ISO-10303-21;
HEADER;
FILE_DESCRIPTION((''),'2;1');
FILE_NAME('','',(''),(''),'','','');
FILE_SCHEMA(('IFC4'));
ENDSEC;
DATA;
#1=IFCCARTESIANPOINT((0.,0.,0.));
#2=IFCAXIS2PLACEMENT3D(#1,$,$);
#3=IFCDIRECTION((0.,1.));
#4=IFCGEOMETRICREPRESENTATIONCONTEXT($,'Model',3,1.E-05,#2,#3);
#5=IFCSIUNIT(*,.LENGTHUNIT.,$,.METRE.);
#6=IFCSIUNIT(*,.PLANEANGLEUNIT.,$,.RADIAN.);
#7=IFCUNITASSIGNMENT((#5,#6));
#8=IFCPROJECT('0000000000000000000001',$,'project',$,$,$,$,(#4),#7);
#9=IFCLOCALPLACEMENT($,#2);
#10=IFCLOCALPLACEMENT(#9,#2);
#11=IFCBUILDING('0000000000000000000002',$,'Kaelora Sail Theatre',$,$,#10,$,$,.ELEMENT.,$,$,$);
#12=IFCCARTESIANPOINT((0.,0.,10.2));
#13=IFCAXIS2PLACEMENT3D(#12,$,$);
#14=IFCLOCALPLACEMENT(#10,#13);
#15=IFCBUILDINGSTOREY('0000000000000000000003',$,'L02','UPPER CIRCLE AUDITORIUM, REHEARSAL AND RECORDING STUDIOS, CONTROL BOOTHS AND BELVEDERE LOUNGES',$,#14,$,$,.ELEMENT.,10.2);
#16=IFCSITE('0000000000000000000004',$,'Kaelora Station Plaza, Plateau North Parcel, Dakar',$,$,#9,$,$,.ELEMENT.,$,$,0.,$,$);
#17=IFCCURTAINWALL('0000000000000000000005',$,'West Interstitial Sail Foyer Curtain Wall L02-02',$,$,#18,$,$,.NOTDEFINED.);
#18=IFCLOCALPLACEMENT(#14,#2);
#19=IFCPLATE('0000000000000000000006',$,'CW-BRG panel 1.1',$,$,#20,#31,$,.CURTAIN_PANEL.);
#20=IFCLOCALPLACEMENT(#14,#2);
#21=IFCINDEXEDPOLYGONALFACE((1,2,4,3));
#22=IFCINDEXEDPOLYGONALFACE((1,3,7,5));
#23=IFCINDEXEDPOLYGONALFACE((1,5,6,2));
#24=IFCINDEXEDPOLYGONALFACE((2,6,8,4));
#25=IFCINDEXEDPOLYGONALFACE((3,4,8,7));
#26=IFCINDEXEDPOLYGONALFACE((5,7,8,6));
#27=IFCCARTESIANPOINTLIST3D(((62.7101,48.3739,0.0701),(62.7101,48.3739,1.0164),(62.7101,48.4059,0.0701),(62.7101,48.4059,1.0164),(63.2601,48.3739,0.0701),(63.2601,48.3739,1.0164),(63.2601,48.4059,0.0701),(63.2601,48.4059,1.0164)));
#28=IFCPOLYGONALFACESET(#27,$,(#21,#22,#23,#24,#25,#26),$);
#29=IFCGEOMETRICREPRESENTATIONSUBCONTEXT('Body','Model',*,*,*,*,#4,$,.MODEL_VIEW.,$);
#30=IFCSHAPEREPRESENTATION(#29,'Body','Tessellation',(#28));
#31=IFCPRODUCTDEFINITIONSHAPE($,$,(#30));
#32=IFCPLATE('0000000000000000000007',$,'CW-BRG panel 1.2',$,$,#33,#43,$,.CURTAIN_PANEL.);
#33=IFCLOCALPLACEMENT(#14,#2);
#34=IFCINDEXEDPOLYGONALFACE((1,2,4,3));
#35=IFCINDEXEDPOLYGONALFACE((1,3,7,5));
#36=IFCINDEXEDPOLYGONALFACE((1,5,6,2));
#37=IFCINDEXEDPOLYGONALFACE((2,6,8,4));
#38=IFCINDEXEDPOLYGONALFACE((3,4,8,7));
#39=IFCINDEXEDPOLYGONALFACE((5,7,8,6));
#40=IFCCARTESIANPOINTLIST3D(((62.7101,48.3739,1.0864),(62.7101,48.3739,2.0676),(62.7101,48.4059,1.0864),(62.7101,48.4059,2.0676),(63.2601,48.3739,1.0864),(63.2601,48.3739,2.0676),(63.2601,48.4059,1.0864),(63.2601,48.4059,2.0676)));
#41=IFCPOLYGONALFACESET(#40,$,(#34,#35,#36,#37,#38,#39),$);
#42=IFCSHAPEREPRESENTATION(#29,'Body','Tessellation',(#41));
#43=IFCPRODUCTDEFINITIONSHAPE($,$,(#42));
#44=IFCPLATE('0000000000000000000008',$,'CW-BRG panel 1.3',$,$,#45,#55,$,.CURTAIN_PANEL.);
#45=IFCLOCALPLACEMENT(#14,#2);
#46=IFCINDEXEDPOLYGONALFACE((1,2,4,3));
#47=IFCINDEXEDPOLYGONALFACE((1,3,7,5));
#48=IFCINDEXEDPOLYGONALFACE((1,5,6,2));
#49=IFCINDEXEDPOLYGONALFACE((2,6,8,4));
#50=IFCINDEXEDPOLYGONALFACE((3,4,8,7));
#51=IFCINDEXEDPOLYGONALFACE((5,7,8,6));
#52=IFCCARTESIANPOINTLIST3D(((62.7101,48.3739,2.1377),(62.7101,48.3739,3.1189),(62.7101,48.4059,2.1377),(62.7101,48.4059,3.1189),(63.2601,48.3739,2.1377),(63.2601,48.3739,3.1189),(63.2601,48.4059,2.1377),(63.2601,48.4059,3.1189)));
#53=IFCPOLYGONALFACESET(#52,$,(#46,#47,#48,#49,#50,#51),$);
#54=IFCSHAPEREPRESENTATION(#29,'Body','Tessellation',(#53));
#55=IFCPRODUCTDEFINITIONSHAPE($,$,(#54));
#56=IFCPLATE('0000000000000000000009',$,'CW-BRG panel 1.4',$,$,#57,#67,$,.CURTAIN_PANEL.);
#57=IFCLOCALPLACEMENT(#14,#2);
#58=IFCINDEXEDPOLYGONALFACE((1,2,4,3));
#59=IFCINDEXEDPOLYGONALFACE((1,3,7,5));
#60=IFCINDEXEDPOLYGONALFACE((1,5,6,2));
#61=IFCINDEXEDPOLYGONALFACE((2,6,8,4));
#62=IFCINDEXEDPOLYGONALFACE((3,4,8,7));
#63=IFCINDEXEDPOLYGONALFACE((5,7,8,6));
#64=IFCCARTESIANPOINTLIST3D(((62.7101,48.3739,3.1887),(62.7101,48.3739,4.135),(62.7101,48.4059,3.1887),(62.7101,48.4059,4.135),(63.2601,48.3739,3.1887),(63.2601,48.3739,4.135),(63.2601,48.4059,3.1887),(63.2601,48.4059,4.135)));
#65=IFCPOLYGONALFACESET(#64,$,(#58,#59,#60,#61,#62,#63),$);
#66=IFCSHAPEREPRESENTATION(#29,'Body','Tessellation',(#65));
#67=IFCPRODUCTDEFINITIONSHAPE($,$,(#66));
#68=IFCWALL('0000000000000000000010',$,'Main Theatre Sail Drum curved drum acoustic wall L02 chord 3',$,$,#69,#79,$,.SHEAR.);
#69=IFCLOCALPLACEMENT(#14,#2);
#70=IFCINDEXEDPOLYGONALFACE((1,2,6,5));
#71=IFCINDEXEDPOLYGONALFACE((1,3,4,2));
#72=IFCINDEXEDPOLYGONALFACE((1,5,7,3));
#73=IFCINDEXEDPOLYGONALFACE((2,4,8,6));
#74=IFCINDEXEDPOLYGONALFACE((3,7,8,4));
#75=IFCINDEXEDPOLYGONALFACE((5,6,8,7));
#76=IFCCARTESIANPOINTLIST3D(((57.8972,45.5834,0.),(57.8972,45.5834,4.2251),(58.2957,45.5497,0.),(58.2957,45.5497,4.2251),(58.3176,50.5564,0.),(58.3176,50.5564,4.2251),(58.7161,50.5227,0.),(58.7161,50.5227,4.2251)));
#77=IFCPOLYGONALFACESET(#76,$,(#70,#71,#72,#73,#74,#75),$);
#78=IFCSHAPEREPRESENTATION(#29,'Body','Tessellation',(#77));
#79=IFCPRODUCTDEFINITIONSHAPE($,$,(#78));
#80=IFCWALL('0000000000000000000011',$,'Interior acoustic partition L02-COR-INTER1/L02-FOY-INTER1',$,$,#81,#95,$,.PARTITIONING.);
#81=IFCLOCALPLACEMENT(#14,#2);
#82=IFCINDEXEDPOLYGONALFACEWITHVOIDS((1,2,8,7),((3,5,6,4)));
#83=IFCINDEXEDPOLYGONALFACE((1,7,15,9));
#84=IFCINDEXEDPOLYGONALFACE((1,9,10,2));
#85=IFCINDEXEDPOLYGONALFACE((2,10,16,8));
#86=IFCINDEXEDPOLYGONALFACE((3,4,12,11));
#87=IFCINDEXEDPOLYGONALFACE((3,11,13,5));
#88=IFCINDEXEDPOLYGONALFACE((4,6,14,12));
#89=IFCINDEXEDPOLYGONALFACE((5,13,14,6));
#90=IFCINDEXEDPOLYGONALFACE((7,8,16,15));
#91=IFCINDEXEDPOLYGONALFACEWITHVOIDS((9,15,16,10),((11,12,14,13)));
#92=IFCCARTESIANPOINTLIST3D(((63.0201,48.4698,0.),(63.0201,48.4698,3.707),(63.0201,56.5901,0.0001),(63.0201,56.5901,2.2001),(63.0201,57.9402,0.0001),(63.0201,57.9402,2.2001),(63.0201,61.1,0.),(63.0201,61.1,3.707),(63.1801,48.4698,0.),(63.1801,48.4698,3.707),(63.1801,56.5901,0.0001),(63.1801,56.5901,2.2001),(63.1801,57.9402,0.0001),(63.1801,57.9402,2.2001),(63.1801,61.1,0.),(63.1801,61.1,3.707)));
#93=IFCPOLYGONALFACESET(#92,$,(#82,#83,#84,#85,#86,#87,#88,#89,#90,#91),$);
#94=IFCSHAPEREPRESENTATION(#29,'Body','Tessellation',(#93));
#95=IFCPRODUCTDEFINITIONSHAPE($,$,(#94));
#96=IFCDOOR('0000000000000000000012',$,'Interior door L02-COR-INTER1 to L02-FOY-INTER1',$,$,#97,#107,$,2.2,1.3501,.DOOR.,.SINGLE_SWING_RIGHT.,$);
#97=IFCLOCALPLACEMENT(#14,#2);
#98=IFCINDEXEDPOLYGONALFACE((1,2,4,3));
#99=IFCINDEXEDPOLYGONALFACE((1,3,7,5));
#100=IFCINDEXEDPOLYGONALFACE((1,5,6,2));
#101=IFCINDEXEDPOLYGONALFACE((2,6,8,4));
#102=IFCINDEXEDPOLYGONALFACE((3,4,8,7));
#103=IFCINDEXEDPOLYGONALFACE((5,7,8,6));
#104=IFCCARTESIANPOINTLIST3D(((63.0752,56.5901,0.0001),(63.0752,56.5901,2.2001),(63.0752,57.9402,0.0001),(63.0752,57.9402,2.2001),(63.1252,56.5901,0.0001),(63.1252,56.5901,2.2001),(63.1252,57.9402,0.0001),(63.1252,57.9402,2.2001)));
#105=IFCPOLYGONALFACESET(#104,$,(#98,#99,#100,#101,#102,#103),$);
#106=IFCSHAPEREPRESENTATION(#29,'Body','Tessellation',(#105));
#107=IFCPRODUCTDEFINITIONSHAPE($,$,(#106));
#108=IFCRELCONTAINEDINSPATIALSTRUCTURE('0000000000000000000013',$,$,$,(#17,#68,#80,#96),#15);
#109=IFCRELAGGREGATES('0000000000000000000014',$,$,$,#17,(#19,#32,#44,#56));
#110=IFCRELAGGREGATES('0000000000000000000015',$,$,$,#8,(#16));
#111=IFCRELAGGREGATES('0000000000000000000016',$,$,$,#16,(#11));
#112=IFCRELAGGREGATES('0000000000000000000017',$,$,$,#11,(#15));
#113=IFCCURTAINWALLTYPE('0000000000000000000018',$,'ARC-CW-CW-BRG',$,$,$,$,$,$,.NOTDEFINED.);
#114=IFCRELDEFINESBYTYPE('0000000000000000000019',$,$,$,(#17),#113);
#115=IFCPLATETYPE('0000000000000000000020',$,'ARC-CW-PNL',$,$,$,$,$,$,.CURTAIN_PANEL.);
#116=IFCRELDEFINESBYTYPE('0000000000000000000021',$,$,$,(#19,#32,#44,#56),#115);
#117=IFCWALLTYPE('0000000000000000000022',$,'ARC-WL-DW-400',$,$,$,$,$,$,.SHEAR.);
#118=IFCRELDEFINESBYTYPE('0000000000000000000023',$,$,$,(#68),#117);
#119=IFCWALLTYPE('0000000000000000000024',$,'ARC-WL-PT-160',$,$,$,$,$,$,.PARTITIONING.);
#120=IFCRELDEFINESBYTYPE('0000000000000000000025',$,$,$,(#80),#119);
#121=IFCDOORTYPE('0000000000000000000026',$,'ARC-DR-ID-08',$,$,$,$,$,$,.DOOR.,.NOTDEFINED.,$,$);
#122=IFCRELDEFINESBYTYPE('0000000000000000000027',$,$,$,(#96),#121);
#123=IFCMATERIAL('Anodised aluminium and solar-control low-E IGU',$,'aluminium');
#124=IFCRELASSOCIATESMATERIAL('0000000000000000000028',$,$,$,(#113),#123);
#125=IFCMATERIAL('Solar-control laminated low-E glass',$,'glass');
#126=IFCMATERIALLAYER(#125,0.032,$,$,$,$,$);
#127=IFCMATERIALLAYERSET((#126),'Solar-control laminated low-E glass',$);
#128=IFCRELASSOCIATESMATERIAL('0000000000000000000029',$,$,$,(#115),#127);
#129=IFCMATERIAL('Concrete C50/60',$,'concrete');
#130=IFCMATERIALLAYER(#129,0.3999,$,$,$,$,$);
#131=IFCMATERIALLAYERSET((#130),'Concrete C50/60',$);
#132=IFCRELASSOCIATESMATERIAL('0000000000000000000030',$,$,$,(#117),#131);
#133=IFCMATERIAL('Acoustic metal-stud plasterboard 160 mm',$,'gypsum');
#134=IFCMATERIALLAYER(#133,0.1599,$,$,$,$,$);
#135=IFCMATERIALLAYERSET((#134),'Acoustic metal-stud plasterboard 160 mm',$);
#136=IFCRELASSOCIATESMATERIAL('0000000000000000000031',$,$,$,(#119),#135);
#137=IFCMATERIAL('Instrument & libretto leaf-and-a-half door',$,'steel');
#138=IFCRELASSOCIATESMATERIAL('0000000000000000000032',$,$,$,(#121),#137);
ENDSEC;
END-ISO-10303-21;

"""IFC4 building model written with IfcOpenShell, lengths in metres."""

from ifc_helpers import new_model, si_unit, direction, frame, frame_2d, origin, origin_2d, place, context, subcontext, project, spatial, rectangle, extrude, material, layer, layer_set, type_object, element, fill, aggregate, save


model = new_model("IFC4")

# Units and contexts
model_context = context("Model", 3, precision=1e-05, world=origin(), true_north=direction((0.0, 1.0)))
body_context = subcontext(model_context, "Body", "Model", "MODEL_VIEW")
ifc_project = project(units=[si_unit("LENGTHUNIT", "METRE"), si_unit("PLANEANGLEUNIT", "RADIAN")], contexts=[model_context])

# Site, building, storey
site_placement = place(None, origin())
site = spatial("IfcSite", under=ifc_project, at=site_placement, Name="Kaelora Station Plaza, Plateau North Parcel, Dakar", CompositionType="ELEMENT", RefElevation=0.0)
building_placement = place(site_placement, origin())
building = spatial("IfcBuilding", under=site, at=building_placement, Name="Kaelora Sail Theatre", CompositionType="ELEMENT")
storey_placement = place(building_placement, frame((0.0, 0.0, 10.2)))
storey = spatial("IfcBuildingStorey", under=building, at=storey_placement, Name="L02", Description="UPPER CIRCLE AUDITORIUM, REHEARSAL AND RECORDING STUDIOS, CONTROL BOOTHS AND BELVEDERE LOUNGES", CompositionType="ELEMENT", Elevation=10.2)

# Shared definitions
ifc_material_1 = material(Name="Anodised aluminium and solar-control low-E IGU", Category="aluminium")
curtain_wall_type = type_object("IfcCurtainWallType", Name="ARC-CW-CW-BRG", PredefinedType="NOTDEFINED", material=ifc_material_1)

# Curtain wall
curtain_wall_1_placement = place(storey_placement, origin())
curtain_wall_1 = element("IfcCurtainWall", 1, at=curtain_wall_1_placement, inside=storey, type_object=curtain_wall_type, Name="West Interstitial Sail Foyer Curtain Wall L02-02", PredefinedType="NOTDEFINED")

# Plates
ifc_material_2 = material(Name="Solar-control laminated low-E glass", Category="glass")
ifc_layer_1 = layer(ifc_material_2, 0.032)
ifc_layer_set_1 = layer_set([ifc_layer_1], Name="Solar-control laminated low-E glass")
plate_type = type_object("IfcPlateType", Name="ARC-CW-PNL", PredefinedType="CURTAIN_PANEL", material=ifc_layer_set_1)
plate_1_placement = place(storey_placement, frame((62.9851, 48.3899, 0.0701), z_axis=(0.0, 0.0, 1.0), x_axis=(1.0, 0.0, 0.0)))
plate_1 = element("IfcPlate", 2, at=plate_1_placement, type_object=plate_type, Name="CW-BRG panel 1.1", PredefinedType="CURTAIN_PANEL", context=body_context, shape_type="SweptSolid", body=[
    extrude(rectangle(XDim=0.55, YDim=0.032, at=origin_2d()), origin(), (0.0, 0.0, 1.0), 0.9463),
])
plate_2_placement = place(storey_placement, frame((62.9851, 48.3899, 1.0864), z_axis=(0.0, 0.0, 1.0), x_axis=(1.0, 0.0, 0.0)))
plate_2 = element("IfcPlate", 3, at=plate_2_placement, type_object=plate_type, Name="CW-BRG panel 1.2", PredefinedType="CURTAIN_PANEL", context=body_context, shape_type="SweptSolid", body=[
    extrude(rectangle(XDim=0.55, YDim=0.032, at=origin_2d()), origin(), (0.0, 0.0, 1.0), 0.9812),
])
plate_3_placement = place(storey_placement, frame((62.9851, 48.3899, 2.1377), z_axis=(0.0, 0.0, 1.0), x_axis=(1.0, 0.0, 0.0)))
plate_3 = element("IfcPlate", 4, at=plate_3_placement, type_object=plate_type, Name="CW-BRG panel 1.3", PredefinedType="CURTAIN_PANEL", context=body_context, shape_type="SweptSolid", body=[
    extrude(rectangle(XDim=0.55, YDim=0.032, at=origin_2d()), origin(), (0.0, 0.0, 1.0), 0.9812),
])
plate_4_placement = place(storey_placement, frame((62.9851, 48.3899, 3.1887), z_axis=(0.0, 0.0, 1.0), x_axis=(1.0, 0.0, 0.0)))
plate_4 = element("IfcPlate", 5, at=plate_4_placement, type_object=plate_type, Name="CW-BRG panel 1.4", PredefinedType="CURTAIN_PANEL", context=body_context, shape_type="SweptSolid", body=[
    extrude(rectangle(XDim=0.55, YDim=0.032, at=origin_2d()), origin(), (0.0, 0.0, 1.0), 0.9463),
])
aggregate(curtain_wall_1, [plate_1, plate_2, plate_3, plate_4])

# Wall
ifc_material_3 = material(Name="Concrete C50/60", Category="concrete")
ifc_layer_2 = layer(ifc_material_3, 0.3999)
ifc_layer_set_2 = layer_set([ifc_layer_2], Name="Concrete C50/60")
wall_type_1 = type_object("IfcWallType", Name="ARC-WL-DW-400", PredefinedType="SHEAR", material=ifc_layer_set_2)
wall_1_placement = place(storey_placement, frame((58.5168, 50.5396, 0.0), z_axis=(0.0, 0.0, 1.0), x_axis=(-0.08424, -0.996446, 0.0)))
element("IfcWall", 6, at=wall_1_placement, inside=storey, type_object=wall_type_1, Name="Main Theatre Sail Drum curved drum acoustic wall L02 chord 3", PredefinedType="SHEAR", context=body_context, shape_type="SweptSolid", body=[
    extrude(rectangle(XDim=4.9907, YDim=0.3999, at=frame_2d((2.4954, 0.0))), origin(), (0.0, 0.0, 1.0), 4.2251),
])

# Wall, opening, door
ifc_material_4 = material(Name="Acoustic metal-stud plasterboard 160 mm", Category="gypsum")
ifc_layer_3 = layer(ifc_material_4, 0.1599)
ifc_layer_set_3 = layer_set([ifc_layer_3], Name="Acoustic metal-stud plasterboard 160 mm")
wall_type_2 = type_object("IfcWallType", Name="ARC-WL-PT-160", PredefinedType="PARTITIONING", material=ifc_layer_set_3)
wall_2_placement = place(storey_placement, frame((63.1001, 48.47, 0.0), z_axis=(0.0, 0.0, 1.0), x_axis=(0.0, 1.0, 0.0)))
wall_2 = element("IfcWall", 7, at=wall_2_placement, inside=storey, type_object=wall_type_2, Name="Interior acoustic partition L02-COR-INTER1/L02-FOY-INTER1", PredefinedType="PARTITIONING", context=body_context, shape_type="SweptSolid", body=[
    extrude(rectangle(XDim=12.6301, YDim=0.1599, at=frame_2d((6.3149, 0.0))), origin(), (0.0, 0.0, 1.0), 3.707),
])
opening_placement = place(wall_2_placement, frame((8.1201, 0.0, 0.0)))
opening = element("IfcOpeningElement", 8, at=opening_placement, cuts=wall_2, PredefinedType="OPENING", context=body_context, shape_type="SweptSolid", body=[
    extrude(rectangle(XDim=1.3501, YDim=2.2, at=frame_2d((0.675, 1.1001))), frame((0.0, 0.0901, 0.0), z_axis=(0.0, -1.0, 0.0), x_axis=(1.0, 0.0, 0.0)), (0.0, 0.0, 1.0), 0.1799),
])
ifc_material_5 = material(Name="Instrument & libretto leaf-and-a-half door", Category="steel")
door_type = type_object("IfcDoorType", Name="ARC-DR-ID-08", OperationType="NOTDEFINED", PredefinedType="DOOR", material=ifc_material_5)
door_placement = place(opening_placement, origin())
door = element("IfcDoor", 9, at=door_placement, inside=storey, type_object=door_type, Name="Interior door L02-COR-INTER1 to L02-FOY-INTER1", OperationType="SINGLE_SWING_RIGHT", OverallHeight=2.2, OverallWidth=1.3501, PredefinedType="DOOR", context=body_context, shape_type="SweptSolid", body=[
    extrude(rectangle(XDim=1.3501, YDim=2.2, at=frame_2d((0.675, 1.1001))), frame((0.0, 0.0249, 0.0), z_axis=(0.0, -1.0, 0.0), x_axis=(1.0, 0.0, 0.0)), (0.0, 0.0, 1.0), 0.05),
])
fill(opening, door)

save(model, "model.ifc")
